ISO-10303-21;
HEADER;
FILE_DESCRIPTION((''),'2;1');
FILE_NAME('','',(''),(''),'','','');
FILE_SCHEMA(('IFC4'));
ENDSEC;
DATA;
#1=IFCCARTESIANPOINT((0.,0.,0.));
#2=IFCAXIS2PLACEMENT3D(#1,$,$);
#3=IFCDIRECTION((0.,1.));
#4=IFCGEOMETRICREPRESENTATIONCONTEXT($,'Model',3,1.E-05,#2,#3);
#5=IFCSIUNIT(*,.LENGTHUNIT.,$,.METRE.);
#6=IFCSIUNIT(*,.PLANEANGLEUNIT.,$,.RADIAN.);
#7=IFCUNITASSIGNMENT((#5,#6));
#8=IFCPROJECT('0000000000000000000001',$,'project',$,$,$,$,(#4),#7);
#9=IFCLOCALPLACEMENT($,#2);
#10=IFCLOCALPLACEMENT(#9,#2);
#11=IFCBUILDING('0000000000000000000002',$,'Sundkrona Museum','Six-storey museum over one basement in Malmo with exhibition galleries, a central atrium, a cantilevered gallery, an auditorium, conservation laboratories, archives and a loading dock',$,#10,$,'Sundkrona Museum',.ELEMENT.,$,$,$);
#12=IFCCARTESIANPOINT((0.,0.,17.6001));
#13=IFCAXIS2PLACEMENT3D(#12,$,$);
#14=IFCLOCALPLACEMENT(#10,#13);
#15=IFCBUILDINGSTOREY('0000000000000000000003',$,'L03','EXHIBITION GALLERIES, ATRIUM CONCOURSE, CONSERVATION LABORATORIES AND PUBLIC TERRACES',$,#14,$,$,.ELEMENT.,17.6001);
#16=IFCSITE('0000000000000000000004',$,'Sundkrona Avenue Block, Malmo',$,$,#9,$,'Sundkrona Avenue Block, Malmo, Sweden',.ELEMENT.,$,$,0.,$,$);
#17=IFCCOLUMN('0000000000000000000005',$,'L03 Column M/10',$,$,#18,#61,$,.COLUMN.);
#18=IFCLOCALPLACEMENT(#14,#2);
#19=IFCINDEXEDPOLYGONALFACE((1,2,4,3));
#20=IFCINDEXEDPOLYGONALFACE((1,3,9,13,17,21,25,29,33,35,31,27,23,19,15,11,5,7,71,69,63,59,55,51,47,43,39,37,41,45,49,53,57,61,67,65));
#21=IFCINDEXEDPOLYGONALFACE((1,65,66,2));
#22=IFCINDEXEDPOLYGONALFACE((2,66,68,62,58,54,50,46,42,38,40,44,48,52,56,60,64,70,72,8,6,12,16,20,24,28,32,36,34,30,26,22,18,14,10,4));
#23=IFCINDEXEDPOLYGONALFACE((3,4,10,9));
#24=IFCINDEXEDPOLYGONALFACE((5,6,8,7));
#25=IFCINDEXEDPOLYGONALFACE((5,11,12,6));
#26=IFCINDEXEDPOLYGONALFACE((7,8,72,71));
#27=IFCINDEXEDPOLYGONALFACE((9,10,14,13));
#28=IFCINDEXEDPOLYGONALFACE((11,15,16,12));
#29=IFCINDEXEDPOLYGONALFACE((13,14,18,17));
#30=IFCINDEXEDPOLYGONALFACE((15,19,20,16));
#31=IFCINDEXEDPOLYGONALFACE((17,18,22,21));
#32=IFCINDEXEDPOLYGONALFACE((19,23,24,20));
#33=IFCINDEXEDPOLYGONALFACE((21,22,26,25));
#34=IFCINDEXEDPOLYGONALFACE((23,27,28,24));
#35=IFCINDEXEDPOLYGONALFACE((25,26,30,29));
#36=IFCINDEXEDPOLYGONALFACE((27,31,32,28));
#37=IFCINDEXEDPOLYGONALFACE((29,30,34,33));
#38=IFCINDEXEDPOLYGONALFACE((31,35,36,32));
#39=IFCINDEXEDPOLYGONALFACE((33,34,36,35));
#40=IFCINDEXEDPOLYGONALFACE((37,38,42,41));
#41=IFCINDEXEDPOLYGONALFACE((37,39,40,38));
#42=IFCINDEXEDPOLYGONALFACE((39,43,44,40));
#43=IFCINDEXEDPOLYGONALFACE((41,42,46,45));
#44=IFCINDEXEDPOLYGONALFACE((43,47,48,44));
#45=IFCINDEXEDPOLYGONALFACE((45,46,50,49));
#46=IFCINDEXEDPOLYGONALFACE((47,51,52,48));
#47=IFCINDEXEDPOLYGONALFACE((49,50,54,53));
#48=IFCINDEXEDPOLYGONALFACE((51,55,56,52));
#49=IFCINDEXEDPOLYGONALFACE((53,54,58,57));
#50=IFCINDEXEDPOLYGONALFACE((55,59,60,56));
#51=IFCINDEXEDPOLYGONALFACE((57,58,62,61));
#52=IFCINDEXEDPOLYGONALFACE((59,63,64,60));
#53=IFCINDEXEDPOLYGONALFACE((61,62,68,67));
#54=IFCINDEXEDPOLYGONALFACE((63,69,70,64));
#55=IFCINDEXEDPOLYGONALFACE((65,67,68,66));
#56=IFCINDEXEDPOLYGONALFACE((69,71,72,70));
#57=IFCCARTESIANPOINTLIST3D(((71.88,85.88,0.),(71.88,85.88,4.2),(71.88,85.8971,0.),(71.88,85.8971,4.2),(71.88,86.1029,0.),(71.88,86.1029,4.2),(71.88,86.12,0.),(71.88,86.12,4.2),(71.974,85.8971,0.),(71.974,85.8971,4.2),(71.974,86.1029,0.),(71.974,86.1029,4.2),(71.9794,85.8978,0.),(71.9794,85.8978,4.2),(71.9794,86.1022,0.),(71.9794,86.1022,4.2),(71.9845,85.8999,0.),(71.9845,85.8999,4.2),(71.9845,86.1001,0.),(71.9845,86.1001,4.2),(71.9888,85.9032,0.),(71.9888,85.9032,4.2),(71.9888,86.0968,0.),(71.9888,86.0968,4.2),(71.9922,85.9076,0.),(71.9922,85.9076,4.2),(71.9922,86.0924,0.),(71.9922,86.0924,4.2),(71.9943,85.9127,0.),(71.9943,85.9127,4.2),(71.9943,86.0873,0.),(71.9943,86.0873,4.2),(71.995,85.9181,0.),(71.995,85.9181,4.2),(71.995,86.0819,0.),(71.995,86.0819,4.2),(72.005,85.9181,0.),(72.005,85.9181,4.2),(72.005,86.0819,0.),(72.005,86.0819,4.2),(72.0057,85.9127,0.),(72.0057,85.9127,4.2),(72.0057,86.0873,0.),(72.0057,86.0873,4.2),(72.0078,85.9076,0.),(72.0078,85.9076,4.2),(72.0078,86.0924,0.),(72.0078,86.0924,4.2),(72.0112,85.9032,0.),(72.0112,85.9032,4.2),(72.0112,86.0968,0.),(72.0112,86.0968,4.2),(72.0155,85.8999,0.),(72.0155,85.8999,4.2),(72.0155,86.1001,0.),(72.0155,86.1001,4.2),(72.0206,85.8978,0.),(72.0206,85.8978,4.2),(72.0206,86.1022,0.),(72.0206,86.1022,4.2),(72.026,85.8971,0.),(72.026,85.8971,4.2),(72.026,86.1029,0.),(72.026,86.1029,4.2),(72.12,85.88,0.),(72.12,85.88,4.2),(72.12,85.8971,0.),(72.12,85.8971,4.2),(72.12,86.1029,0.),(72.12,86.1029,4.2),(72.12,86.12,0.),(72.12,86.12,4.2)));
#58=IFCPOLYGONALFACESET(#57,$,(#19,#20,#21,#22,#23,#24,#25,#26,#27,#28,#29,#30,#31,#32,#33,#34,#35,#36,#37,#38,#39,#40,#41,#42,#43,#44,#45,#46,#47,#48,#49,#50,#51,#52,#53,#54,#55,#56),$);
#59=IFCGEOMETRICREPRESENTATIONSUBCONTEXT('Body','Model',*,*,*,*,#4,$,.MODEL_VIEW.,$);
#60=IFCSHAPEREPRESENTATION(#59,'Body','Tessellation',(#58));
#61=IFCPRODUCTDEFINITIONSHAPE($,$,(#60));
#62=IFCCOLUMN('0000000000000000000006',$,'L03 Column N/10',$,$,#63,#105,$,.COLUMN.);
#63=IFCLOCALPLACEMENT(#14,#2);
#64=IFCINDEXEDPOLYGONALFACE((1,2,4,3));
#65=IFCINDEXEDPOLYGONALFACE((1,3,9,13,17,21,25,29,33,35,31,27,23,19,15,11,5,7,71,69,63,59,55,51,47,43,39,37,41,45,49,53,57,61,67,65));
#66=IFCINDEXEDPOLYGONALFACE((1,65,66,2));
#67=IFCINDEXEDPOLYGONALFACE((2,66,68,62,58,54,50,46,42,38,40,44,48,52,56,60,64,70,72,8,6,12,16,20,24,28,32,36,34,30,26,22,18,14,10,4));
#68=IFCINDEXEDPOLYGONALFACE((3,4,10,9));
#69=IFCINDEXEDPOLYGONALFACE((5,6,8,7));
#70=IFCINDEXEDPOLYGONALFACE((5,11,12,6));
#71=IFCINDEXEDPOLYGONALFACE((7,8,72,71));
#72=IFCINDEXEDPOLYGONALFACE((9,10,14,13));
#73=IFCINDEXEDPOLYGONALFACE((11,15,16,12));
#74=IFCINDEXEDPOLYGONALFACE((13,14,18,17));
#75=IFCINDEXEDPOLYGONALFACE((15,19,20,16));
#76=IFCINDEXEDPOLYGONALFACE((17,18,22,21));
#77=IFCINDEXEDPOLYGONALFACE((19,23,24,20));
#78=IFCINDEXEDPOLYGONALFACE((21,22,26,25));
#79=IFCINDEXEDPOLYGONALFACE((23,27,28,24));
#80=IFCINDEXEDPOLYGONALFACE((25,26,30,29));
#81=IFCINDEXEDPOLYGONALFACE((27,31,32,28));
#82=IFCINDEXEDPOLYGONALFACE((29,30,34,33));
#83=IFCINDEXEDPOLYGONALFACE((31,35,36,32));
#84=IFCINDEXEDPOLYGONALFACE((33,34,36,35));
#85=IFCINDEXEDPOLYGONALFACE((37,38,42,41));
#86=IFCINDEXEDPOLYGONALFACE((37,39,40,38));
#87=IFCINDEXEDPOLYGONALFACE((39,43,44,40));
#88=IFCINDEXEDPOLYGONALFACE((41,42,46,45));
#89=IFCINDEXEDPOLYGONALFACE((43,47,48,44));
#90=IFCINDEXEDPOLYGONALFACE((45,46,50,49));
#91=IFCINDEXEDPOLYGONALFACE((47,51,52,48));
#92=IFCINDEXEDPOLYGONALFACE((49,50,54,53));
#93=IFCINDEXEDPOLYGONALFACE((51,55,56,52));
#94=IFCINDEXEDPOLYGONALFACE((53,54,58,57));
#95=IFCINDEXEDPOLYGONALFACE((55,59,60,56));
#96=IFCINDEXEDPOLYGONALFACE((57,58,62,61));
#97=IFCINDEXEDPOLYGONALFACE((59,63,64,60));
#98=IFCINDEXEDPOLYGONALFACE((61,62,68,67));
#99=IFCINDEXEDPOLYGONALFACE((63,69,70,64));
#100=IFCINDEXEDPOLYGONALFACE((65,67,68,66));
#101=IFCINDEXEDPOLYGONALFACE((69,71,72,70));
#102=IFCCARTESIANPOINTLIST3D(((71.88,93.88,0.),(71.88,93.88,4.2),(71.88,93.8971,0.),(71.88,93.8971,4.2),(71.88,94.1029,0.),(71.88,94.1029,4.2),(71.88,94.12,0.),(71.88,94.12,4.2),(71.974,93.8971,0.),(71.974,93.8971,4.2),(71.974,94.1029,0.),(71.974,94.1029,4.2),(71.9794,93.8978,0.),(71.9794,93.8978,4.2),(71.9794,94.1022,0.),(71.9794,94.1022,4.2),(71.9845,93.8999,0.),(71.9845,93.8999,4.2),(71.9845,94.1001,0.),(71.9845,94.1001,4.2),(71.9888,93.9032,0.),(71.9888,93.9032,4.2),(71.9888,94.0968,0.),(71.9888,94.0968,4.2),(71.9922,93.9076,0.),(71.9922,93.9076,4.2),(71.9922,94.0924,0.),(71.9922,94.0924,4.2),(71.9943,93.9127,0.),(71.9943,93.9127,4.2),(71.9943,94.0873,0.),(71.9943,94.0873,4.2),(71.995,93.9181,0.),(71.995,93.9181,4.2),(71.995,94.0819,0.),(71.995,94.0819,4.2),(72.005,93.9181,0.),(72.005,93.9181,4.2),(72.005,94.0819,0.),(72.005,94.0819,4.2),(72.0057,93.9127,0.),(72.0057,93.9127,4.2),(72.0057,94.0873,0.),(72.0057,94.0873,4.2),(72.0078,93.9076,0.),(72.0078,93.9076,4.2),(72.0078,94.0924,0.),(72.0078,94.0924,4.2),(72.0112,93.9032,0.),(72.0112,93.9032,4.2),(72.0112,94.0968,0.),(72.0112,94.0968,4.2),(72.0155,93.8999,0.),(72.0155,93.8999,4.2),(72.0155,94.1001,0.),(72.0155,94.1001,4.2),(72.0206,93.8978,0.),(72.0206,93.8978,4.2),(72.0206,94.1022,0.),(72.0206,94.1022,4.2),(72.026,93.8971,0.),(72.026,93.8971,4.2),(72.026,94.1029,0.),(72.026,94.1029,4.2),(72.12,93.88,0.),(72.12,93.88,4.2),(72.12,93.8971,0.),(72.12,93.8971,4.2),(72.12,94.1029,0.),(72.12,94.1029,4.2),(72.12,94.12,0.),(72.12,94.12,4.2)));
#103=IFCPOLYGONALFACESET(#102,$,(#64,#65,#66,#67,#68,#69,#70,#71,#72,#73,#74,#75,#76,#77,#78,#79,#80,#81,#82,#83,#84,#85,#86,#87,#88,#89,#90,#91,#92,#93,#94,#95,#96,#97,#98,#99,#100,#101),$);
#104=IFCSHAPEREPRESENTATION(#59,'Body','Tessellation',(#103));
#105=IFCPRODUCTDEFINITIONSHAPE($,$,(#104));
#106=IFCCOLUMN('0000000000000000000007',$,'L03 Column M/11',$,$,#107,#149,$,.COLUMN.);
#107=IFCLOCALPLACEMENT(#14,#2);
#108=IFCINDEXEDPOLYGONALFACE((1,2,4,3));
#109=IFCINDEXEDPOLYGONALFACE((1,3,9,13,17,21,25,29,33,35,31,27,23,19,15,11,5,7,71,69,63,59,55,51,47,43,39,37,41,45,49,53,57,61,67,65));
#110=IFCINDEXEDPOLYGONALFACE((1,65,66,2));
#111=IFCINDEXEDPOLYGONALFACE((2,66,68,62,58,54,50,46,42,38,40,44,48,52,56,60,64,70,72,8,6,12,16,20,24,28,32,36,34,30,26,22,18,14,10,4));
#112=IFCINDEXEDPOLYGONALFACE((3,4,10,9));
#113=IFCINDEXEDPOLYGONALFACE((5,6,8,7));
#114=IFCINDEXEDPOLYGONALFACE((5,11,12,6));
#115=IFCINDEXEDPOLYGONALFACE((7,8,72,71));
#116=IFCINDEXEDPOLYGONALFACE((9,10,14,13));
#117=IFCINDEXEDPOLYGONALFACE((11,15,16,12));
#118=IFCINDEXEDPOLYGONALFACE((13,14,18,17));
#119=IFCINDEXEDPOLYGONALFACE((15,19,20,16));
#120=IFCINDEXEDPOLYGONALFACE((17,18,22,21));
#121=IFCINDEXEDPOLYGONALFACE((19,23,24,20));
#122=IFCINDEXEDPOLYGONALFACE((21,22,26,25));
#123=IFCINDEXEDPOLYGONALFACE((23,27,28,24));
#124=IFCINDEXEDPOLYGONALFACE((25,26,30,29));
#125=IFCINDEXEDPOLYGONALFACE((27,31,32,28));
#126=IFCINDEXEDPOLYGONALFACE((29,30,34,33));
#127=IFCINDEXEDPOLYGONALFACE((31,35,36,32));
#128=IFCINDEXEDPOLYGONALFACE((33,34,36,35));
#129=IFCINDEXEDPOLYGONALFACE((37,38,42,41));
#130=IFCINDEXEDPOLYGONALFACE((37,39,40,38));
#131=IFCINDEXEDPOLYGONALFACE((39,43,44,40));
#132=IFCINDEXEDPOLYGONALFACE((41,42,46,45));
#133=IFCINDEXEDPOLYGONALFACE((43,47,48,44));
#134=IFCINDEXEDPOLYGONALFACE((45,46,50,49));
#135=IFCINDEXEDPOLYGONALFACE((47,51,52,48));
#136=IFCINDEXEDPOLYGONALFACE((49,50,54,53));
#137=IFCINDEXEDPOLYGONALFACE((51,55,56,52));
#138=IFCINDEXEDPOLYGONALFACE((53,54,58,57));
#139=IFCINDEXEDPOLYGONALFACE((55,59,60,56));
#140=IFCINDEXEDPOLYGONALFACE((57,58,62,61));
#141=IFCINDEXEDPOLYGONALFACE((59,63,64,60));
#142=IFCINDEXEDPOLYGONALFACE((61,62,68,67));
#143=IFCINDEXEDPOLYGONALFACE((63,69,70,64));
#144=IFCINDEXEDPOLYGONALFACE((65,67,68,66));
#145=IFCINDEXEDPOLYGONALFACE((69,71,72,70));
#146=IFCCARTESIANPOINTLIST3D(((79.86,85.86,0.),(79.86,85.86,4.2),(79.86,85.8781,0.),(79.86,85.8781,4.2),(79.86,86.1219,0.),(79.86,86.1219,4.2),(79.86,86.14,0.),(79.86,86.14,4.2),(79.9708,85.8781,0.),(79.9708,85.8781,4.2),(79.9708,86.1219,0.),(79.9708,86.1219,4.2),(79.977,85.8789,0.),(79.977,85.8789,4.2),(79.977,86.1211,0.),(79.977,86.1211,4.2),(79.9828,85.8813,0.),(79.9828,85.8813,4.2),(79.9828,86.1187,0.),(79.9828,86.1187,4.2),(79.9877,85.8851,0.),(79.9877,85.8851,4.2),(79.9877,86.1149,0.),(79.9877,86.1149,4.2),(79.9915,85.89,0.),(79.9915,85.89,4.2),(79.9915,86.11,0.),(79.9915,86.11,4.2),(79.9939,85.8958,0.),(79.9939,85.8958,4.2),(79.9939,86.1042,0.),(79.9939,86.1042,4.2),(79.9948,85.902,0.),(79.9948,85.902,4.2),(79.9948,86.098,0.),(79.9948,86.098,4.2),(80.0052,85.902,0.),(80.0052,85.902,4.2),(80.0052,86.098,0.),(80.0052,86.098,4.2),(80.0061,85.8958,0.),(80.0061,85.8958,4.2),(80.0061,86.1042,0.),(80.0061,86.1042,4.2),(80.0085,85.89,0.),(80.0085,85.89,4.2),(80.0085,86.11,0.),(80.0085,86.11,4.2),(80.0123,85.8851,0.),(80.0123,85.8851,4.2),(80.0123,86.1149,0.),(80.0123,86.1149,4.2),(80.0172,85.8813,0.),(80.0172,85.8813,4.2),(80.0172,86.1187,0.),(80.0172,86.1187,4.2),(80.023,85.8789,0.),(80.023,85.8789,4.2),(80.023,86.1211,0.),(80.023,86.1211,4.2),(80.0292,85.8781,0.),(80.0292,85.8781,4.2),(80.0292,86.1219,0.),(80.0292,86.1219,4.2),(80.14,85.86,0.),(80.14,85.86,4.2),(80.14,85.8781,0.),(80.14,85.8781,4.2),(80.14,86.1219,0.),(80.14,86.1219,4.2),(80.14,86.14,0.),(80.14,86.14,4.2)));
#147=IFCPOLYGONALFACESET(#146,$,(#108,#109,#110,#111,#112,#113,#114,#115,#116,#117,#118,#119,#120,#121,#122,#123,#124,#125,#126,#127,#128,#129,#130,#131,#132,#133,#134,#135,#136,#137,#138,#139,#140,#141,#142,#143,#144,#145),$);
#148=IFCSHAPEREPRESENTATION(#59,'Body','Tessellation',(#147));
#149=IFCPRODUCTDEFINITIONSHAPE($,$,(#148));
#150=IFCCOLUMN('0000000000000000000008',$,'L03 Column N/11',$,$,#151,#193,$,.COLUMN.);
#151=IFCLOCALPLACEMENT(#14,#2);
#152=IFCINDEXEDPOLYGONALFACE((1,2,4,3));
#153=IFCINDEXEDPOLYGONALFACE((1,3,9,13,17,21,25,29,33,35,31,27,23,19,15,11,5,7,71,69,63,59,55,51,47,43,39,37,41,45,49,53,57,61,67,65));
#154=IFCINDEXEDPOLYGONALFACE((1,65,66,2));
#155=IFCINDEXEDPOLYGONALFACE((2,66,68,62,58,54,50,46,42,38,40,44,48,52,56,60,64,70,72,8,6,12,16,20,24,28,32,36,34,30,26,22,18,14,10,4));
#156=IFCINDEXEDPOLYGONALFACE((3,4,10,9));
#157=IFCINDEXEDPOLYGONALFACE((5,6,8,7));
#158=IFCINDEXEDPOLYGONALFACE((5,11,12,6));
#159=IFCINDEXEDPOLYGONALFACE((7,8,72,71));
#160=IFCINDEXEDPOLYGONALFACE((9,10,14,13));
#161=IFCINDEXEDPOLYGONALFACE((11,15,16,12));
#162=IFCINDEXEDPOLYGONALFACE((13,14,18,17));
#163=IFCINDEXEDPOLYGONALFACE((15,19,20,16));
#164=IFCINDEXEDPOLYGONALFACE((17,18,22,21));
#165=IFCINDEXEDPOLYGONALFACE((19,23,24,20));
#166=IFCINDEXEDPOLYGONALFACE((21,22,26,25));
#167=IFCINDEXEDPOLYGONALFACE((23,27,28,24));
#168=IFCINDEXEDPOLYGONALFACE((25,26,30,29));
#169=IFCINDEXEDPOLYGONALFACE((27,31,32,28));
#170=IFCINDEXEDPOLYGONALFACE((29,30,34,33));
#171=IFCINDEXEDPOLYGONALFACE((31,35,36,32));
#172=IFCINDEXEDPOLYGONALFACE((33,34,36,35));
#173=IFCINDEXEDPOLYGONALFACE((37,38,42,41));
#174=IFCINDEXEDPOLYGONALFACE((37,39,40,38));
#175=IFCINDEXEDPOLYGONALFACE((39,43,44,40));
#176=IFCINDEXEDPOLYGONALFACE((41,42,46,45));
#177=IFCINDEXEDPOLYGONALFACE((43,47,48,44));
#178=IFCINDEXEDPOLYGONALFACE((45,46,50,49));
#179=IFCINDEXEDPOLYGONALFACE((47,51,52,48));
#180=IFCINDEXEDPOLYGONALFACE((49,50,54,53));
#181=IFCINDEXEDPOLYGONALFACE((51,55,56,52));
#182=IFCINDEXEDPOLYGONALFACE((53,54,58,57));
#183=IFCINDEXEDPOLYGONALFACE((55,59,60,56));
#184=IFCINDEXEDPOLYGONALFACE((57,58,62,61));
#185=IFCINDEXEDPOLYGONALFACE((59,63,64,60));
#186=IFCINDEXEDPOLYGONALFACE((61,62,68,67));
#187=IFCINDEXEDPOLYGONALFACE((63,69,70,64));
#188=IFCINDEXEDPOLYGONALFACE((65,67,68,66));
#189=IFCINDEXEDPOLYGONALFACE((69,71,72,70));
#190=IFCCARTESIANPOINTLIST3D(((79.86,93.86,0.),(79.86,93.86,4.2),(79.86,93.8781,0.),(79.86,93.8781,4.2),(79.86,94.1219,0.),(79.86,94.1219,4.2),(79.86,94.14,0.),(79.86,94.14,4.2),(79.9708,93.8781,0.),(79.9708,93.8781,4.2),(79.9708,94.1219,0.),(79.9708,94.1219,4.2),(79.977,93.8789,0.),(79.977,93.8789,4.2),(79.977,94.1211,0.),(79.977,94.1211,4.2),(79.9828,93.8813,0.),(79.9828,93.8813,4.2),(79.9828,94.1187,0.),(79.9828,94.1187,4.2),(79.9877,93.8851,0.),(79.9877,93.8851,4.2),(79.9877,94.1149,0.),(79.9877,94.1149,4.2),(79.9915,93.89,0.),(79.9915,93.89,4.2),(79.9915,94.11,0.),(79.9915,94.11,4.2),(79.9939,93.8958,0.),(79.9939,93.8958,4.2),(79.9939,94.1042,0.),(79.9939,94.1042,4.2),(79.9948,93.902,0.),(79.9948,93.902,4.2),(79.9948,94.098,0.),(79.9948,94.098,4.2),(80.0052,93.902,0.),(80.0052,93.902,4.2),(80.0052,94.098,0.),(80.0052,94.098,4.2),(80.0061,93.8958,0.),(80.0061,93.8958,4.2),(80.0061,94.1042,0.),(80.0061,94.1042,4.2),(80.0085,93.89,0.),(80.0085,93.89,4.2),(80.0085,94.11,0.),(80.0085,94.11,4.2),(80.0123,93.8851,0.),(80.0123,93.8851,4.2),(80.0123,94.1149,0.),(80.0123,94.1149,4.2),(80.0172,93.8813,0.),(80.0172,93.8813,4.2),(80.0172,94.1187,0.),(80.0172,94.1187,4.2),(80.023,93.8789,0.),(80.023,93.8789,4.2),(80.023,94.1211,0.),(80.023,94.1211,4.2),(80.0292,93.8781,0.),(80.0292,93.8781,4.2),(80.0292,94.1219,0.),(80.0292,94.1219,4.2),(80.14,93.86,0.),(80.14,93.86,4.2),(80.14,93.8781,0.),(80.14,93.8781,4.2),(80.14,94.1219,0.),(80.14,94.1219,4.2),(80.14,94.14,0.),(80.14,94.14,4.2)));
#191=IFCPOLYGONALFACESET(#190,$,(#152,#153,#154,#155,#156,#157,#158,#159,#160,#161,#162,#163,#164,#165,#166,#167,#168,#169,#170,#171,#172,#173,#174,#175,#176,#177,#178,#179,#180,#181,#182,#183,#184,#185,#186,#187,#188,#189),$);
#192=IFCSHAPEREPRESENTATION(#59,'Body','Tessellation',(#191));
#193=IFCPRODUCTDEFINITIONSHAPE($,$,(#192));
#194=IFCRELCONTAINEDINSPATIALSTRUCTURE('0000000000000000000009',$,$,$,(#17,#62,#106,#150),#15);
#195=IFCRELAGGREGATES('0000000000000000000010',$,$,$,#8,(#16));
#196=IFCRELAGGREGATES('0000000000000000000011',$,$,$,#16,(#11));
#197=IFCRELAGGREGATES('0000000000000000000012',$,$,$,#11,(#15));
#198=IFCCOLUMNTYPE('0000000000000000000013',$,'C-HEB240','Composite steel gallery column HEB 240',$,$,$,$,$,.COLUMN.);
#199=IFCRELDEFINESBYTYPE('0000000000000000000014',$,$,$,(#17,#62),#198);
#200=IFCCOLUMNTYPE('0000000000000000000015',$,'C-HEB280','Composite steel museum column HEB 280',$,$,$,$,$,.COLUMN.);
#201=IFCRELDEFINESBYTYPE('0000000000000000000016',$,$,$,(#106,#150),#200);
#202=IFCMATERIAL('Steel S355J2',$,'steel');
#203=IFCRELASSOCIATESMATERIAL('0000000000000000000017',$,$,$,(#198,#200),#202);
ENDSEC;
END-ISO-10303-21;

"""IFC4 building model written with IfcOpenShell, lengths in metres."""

from ifc_helpers import new_model, si_unit, direction, frame, origin, origin_2d, place, context, subcontext, project, spatial, i_section, extrude, material, material_profile, profile_set, type_object, element, save


model = new_model("IFC4")

# Units and contexts
model_context = context("Model", 3, precision=1e-05, world=origin(), true_north=direction((0.0, 1.0)))
body_context = subcontext(model_context, "Body", "Model", "MODEL_VIEW")
ifc_project = project(units=[si_unit("LENGTHUNIT", "METRE"), si_unit("PLANEANGLEUNIT", "RADIAN")], contexts=[model_context])

# Site, building, storey
site_placement = place(None, origin())
site = spatial("IfcSite", under=ifc_project, at=site_placement, Name="Sundkrona Avenue Block, Malmo", LongName="Sundkrona Avenue Block, Malmo, Sweden", CompositionType="ELEMENT", RefElevation=0.0)
building_placement = place(site_placement, origin())
building = spatial("IfcBuilding", under=site, at=building_placement, Name="Sundkrona Museum", Description="Six-storey museum over one basement in Malmo with exhibition galleries, a central atrium, a cantilevered gallery, an auditorium, conservation laboratories, archives and a loading dock", LongName="Sundkrona Museum", CompositionType="ELEMENT")
storey_placement = place(building_placement, frame((0.0, 0.0, 17.6001)))
storey = spatial("IfcBuildingStorey", under=building, at=storey_placement, Name="L03", Description="EXHIBITION GALLERIES, ATRIUM CONCOURSE, CONSERVATION LABORATORIES AND PUBLIC TERRACES", CompositionType="ELEMENT", Elevation=17.6001)

# Columns
ifc_material_1 = material(Name="Steel S355J2", Category="steel")
ifc_material_profile_1 = material_profile(ifc_material_1, i_section(OverallWidth=0.24, OverallDepth=0.24, WebThickness=0.01, FlangeThickness=0.0171, FilletRadius=0.021, at=origin_2d()), Name="HEB 240")
ifc_profile_set_1 = profile_set([ifc_material_profile_1], Name="Steel S355J2")
column_type_1 = type_object("IfcColumnType", Name="C-HEB240", Description="Composite steel gallery column HEB 240", PredefinedType="COLUMN", material=ifc_profile_set_1)
for number, where, z_axis, x_axis, name in (
    (1, (72.0, 86.0, 0.0), (0.0, 0.0, 1.0), (1.0, 0.0, 0.0), "L03 Column M/10"),
    (2, (72.0, 94.0, 0.0), (0.0, 0.0, 1.0), (1.0, 0.0, 0.0), "L03 Column N/10"),
):
    element("IfcColumn", number, at=place(storey_placement, frame(where, z_axis=z_axis, x_axis=x_axis)), inside=storey, type_object=column_type_1, Name=name, PredefinedType="COLUMN", context=body_context, shape_type="SweptSolid", body=[
        extrude(i_section(OverallWidth=0.24, OverallDepth=0.24, WebThickness=0.01, FlangeThickness=0.0171, FilletRadius=0.021, at=origin_2d()), origin(), (0.0, 0.0, 1.0), 4.2),
    ])
ifc_material_profile_2 = material_profile(ifc_material_1, i_section(OverallWidth=0.28, OverallDepth=0.28, WebThickness=0.0105, FlangeThickness=0.0181, FilletRadius=0.0239, at=origin_2d()), Name="HEB 280")
ifc_profile_set_2 = profile_set([ifc_material_profile_2], Name="Steel S355J2")
column_type_2 = type_object("IfcColumnType", Name="C-HEB280", Description="Composite steel museum column HEB 280", PredefinedType="COLUMN", material=ifc_profile_set_2)
for number, where, z_axis, x_axis, name in (
    (3, (80.0, 86.0, 0.0), (0.0, 0.0, 1.0), (1.0, 0.0, 0.0), "L03 Column M/11"),
    (4, (80.0, 94.0, 0.0), (0.0, 0.0, 1.0), (1.0, 0.0, 0.0), "L03 Column N/11"),
):
    element("IfcColumn", number, at=place(storey_placement, frame(where, z_axis=z_axis, x_axis=x_axis)), inside=storey, type_object=column_type_2, Name=name, PredefinedType="COLUMN", context=body_context, shape_type="SweptSolid", body=[
        extrude(i_section(OverallWidth=0.28, OverallDepth=0.28, WebThickness=0.0105, FlangeThickness=0.0181, FilletRadius=0.0239, at=origin_2d()), origin(), (0.0, 0.0, 1.0), 4.2),
    ])

save(model, "model.ifc")
